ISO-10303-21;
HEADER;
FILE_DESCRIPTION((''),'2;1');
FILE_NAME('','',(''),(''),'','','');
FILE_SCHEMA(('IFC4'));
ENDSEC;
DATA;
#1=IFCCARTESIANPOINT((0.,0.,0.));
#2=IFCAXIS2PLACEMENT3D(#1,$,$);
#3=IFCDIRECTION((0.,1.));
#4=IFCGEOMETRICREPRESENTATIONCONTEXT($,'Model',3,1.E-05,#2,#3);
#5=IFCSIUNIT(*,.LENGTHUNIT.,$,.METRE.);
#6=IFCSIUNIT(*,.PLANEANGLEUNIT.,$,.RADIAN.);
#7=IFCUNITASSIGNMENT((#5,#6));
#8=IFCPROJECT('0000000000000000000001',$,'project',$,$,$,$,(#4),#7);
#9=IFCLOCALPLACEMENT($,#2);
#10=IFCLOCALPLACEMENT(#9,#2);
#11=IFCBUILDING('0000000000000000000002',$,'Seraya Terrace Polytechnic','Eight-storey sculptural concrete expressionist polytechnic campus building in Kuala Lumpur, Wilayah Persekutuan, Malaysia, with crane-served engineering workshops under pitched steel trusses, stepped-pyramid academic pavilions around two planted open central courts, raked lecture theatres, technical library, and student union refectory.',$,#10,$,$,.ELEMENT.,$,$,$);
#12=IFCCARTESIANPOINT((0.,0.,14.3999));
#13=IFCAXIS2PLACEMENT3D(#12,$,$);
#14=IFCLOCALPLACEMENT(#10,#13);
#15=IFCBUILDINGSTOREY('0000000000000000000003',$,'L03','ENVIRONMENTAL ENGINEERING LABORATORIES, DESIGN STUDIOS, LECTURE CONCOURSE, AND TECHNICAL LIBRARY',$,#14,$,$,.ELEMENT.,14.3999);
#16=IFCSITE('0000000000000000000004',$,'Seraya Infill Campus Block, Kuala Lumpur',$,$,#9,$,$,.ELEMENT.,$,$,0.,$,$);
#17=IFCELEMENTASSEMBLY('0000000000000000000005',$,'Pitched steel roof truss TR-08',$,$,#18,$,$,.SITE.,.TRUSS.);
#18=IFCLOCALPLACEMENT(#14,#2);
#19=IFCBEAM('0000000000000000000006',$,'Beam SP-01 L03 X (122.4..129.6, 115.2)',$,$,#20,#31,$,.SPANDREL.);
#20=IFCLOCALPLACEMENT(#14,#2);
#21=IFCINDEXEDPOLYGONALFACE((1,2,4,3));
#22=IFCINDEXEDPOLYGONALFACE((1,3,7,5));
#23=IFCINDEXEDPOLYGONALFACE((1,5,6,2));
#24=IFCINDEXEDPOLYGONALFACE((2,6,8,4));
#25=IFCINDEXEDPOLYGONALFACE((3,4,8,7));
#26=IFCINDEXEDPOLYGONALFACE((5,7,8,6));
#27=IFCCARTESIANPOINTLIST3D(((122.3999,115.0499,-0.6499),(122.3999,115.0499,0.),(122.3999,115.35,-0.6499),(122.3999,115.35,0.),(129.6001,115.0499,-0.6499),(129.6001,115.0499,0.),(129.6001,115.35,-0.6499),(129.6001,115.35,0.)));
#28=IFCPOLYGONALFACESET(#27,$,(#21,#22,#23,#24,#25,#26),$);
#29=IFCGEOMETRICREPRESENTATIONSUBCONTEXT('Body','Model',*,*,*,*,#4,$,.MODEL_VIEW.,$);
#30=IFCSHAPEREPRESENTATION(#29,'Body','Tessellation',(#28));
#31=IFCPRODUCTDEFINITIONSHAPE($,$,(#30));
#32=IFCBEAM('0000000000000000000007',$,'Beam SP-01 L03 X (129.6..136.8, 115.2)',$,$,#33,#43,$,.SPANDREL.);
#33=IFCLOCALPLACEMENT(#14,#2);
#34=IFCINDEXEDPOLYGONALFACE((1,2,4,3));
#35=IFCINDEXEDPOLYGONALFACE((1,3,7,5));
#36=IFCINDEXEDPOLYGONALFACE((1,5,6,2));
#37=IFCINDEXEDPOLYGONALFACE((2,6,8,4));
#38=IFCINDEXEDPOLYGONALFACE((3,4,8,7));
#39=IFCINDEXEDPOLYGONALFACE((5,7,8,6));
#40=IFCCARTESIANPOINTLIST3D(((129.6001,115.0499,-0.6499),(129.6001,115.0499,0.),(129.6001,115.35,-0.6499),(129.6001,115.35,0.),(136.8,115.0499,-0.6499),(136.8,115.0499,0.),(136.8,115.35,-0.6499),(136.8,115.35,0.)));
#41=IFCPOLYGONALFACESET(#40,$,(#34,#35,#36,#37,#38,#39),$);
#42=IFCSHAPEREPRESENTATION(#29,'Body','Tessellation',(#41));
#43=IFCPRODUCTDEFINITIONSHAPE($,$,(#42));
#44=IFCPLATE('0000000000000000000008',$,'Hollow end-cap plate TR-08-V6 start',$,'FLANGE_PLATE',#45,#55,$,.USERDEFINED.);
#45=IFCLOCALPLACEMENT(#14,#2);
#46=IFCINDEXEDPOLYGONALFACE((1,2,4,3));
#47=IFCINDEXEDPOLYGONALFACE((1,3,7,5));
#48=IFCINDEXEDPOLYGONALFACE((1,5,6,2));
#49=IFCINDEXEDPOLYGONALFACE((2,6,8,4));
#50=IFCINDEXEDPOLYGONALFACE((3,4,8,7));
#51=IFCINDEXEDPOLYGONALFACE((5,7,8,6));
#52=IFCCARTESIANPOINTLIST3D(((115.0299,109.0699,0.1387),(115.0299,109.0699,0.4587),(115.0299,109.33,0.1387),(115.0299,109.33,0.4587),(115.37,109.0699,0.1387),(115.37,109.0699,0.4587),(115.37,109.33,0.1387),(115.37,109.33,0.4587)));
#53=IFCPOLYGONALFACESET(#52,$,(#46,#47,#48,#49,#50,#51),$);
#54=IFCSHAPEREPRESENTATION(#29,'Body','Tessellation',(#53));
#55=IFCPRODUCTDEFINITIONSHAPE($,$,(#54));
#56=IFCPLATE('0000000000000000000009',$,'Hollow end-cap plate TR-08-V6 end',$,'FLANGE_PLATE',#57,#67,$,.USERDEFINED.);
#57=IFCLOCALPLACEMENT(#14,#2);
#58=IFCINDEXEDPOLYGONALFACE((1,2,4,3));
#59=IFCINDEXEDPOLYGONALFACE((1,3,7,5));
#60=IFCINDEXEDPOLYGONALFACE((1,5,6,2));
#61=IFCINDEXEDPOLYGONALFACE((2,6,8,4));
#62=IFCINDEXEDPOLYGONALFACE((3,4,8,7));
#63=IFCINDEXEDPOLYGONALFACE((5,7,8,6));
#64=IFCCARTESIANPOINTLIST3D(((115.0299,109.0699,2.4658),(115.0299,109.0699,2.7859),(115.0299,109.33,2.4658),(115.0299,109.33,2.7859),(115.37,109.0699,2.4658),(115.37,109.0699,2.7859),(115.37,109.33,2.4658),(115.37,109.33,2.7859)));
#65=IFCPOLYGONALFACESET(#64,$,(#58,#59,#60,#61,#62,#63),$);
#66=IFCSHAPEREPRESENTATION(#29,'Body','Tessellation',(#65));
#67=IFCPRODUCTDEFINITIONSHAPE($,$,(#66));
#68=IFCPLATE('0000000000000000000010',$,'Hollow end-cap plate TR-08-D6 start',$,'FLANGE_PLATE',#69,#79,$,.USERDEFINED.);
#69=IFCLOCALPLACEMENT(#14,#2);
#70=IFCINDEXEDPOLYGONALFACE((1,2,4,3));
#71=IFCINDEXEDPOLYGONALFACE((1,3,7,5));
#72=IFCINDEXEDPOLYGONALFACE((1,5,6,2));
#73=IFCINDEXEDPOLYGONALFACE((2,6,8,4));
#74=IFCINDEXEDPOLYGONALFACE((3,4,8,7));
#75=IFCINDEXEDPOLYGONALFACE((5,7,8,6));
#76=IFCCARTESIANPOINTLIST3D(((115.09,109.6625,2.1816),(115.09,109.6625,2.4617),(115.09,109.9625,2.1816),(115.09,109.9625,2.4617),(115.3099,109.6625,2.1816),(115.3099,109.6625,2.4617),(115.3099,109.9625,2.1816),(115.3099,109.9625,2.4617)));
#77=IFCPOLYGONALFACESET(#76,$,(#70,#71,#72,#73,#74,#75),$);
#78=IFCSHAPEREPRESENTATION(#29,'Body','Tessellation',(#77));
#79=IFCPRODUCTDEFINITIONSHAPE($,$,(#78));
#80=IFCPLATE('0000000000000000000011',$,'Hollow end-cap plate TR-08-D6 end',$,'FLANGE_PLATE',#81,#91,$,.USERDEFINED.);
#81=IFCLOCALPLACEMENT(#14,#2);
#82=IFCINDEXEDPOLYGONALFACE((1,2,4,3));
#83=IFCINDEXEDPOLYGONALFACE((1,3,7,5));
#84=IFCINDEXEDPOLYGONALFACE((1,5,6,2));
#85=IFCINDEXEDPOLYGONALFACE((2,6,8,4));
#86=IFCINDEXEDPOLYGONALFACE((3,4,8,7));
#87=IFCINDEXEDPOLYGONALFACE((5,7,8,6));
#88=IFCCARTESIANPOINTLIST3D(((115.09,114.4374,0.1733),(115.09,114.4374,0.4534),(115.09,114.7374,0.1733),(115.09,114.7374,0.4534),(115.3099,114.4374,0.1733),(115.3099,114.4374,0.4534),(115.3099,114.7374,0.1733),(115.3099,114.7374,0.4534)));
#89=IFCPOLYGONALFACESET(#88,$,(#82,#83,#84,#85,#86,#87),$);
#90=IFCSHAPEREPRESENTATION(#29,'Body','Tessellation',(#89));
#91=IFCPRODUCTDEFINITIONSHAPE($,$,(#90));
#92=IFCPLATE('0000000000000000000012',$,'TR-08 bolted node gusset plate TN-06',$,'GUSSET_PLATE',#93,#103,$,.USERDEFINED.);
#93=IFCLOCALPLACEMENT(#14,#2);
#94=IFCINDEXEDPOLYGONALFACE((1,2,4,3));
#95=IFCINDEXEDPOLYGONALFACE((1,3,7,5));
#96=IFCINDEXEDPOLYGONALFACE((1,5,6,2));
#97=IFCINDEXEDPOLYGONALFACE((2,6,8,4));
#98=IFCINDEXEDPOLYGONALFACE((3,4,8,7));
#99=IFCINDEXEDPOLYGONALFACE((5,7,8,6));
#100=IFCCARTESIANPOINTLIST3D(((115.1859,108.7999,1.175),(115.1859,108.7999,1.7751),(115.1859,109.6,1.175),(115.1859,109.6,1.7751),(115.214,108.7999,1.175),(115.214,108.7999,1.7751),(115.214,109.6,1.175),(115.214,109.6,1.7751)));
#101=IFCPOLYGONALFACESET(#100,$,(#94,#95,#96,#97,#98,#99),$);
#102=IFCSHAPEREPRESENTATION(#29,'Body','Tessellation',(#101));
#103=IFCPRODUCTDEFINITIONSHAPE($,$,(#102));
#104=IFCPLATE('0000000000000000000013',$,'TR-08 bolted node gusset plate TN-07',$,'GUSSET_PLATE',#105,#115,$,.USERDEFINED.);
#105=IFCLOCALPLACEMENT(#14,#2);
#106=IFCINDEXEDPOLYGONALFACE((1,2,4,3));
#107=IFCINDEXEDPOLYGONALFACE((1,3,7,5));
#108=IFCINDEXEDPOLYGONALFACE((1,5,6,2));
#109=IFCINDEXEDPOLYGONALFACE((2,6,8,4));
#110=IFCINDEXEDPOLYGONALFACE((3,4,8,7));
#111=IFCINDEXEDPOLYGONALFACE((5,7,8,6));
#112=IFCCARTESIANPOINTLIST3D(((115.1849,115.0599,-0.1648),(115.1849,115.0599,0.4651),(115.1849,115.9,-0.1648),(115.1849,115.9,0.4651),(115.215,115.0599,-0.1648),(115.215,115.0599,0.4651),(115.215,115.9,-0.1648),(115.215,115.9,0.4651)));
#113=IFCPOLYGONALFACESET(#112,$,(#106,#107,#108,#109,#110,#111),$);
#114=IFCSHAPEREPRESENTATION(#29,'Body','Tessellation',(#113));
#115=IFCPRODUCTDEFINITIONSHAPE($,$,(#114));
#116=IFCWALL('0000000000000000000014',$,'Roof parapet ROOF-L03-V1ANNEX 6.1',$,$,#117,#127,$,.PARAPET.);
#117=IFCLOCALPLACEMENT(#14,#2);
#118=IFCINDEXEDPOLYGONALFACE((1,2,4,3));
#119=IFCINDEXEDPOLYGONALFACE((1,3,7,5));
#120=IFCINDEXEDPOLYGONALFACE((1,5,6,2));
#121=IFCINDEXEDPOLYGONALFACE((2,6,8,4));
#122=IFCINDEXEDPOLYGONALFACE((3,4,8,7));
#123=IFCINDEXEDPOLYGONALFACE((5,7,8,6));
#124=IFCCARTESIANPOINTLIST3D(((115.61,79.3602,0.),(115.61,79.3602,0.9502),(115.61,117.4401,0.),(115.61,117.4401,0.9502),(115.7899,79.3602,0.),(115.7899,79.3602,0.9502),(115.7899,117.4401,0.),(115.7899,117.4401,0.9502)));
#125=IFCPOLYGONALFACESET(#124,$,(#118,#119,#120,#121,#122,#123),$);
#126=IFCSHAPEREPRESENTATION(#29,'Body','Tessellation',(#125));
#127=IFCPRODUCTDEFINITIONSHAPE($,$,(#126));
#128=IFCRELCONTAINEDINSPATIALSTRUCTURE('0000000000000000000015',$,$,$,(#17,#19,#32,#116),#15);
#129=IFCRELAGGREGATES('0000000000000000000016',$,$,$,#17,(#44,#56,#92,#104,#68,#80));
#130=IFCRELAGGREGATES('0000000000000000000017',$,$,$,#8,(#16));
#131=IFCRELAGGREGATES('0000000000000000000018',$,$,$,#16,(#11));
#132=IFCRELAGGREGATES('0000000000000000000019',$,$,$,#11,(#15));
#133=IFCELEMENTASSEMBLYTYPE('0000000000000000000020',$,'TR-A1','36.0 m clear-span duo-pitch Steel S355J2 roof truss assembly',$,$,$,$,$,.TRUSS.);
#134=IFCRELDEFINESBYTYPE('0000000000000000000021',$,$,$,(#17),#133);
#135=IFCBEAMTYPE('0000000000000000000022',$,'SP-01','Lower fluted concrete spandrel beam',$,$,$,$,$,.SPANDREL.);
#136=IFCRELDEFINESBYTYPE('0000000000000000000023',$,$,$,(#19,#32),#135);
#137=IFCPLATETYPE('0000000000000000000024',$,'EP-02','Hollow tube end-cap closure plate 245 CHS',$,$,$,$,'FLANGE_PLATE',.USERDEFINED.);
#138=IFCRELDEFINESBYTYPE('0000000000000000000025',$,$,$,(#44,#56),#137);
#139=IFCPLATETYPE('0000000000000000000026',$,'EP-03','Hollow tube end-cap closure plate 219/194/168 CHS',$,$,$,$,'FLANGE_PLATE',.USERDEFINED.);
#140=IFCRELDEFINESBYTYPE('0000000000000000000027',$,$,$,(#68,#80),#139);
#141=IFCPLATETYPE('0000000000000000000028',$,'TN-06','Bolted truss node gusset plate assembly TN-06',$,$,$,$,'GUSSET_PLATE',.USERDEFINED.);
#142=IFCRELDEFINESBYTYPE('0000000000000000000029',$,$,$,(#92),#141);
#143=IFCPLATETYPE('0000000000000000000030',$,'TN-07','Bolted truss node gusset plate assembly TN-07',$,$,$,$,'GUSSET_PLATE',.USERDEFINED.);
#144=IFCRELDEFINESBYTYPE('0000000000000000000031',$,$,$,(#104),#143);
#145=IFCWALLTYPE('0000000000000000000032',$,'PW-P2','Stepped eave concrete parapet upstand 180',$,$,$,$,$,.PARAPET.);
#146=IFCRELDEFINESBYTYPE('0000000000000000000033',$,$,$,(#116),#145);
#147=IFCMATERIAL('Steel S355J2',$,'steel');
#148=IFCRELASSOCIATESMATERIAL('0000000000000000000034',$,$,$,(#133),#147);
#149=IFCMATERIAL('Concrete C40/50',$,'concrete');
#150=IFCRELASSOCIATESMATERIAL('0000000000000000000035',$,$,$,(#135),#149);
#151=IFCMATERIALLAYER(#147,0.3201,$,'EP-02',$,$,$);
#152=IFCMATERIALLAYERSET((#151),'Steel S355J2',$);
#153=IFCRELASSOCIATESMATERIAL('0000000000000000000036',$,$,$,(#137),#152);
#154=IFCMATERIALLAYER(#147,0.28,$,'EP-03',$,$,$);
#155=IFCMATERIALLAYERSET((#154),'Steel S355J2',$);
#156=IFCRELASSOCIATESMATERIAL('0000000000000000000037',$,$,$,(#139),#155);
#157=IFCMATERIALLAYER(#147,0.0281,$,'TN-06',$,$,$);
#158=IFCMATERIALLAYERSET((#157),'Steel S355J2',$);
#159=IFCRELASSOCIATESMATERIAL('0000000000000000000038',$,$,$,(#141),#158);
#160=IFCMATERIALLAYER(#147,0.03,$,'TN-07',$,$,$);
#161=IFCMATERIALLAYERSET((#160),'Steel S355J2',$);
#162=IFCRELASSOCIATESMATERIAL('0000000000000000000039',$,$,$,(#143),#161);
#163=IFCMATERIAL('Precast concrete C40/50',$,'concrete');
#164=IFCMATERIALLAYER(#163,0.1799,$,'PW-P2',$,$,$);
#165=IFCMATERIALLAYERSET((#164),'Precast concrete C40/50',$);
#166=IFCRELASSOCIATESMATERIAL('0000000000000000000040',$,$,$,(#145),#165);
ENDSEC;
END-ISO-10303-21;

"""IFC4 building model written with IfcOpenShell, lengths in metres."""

from ifc_helpers import new_model, si_unit, direction, frame, frame_2d, origin, origin_2d, place, context, subcontext, project, spatial, rectangle, extrude, material, layer, layer_set, material_profile, profile_set, type_object, element, aggregate, save


model = new_model("IFC4")

# Units and contexts
model_context = context("Model", 3, precision=1e-05, world=origin(), true_north=direction((0.0, 1.0)))
body_context = subcontext(model_context, "Body", "Model", "MODEL_VIEW")
ifc_project = project(units=[si_unit("LENGTHUNIT", "METRE"), si_unit("PLANEANGLEUNIT", "RADIAN")], contexts=[model_context])

# Site, building, storey
site_placement = place(None, origin())
site = spatial("IfcSite", under=ifc_project, at=site_placement, Name="Seraya Infill Campus Block, Kuala Lumpur", CompositionType="ELEMENT", RefElevation=0.0)
building_placement = place(site_placement, origin())
building = spatial("IfcBuilding", under=site, at=building_placement, Name="Seraya Terrace Polytechnic", Description="Eight-storey sculptural concrete expressionist polytechnic campus building in Kuala Lumpur, Wilayah Persekutuan, Malaysia, with crane-served engineering workshops under pitched steel trusses, stepped-pyramid academic pavilions around two planted open central courts, raked lecture theatres, technical library, and student union refectory.", CompositionType="ELEMENT")
storey_placement = place(building_placement, frame((0.0, 0.0, 14.3999)))
storey = spatial("IfcBuildingStorey", under=building, at=storey_placement, Name="L03", Description="ENVIRONMENTAL ENGINEERING LABORATORIES, DESIGN STUDIOS, LECTURE CONCOURSE, AND TECHNICAL LIBRARY", CompositionType="ELEMENT", Elevation=14.3999)

# Shared definitions
ifc_material_1 = material(Name="Concrete C40/50", Category="concrete")

# Element assembly
ifc_material_2 = material(Name="Steel S355J2", Category="steel")
element_assembly_type = type_object("IfcElementAssemblyType", Name="TR-A1", Description="36.0 m clear-span duo-pitch Steel S355J2 roof truss assembly", PredefinedType="TRUSS", material=ifc_material_2)
assembly_placement = place(storey_placement, origin())
assembly = element("IfcElementAssembly", 1, at=assembly_placement, inside=storey, type_object=element_assembly_type, Name="Pitched steel roof truss TR-08", AssemblyPlace="SITE", PredefinedType="TRUSS")

# Beams
ifc_material_profile_1 = material_profile(ifc_material_1, rectangle(XDim=0.3, YDim=0.6499, at=origin_2d()), Name="RC 300x650")
ifc_profile_set_1 = profile_set([ifc_material_profile_1], Name="Concrete C40/50")
beam_type_1 = type_object("IfcBeamType", Name="SP-01", Description="Lower fluted concrete spandrel beam", PredefinedType="SPANDREL", material=ifc_profile_set_1)
beam_1_placement = place(storey_placement, frame((122.3999, 115.2, -0.325), z_axis=(1.0, 0.0, 0.0), x_axis=(0.0, 1.0, 0.0)))
element("IfcBeam", 2, at=beam_1_placement, inside=storey, type_object=beam_type_1, Name="Beam SP-01 L03 X (122.4..129.6, 115.2)", PredefinedType="SPANDREL", context=body_context, shape_type="SweptSolid", body=[
    extrude(rectangle(XDim=0.3, YDim=0.6499, at=origin_2d()), origin(), (0.0, 0.0, 1.0), 7.2002),
])
beam_2_placement = place(storey_placement, frame((129.6001, 115.2, -0.325), z_axis=(1.0, 0.0, 0.0), x_axis=(0.0, 1.0, 0.0)))
element("IfcBeam", 3, at=beam_2_placement, inside=storey, type_object=beam_type_1, Name="Beam SP-01 L03 X (129.6..136.8, 115.2)", PredefinedType="SPANDREL", context=body_context, shape_type="SweptSolid", body=[
    extrude(rectangle(XDim=0.3, YDim=0.6499, at=origin_2d()), origin(), (0.0, 0.0, 1.0), 7.2),
])

# Plates
ifc_layer_1 = layer(ifc_material_2, 0.3201, Name="EP-02")
ifc_layer_set_1 = layer_set([ifc_layer_1], Name="Steel S355J2")
plate_type_1 = type_object("IfcPlateType", Name="EP-02", Description="Hollow tube end-cap closure plate 245 CHS", ElementType="FLANGE_PLATE", PredefinedType="USERDEFINED", material=ifc_layer_set_1)
plate_1_placement = place(storey_placement, frame((115.2, 109.2, 0.1387), z_axis=(0.0, 0.0, 1.0), x_axis=(1.0, 0.0, 0.0)))
plate_1 = element("IfcPlate", 4, at=plate_1_placement, type_object=plate_type_1, Name="Hollow end-cap plate TR-08-V6 start", ObjectType="FLANGE_PLATE", PredefinedType="USERDEFINED", context=body_context, shape_type="SweptSolid", body=[
    extrude(rectangle(XDim=0.3401, YDim=0.26, at=origin_2d()), origin(), (0.0, 0.0, 1.0), 0.3201),
])
plate_2_placement = place(storey_placement, frame((115.2, 109.2, 2.4658), z_axis=(0.0, 0.0, 1.0), x_axis=(1.0, 0.0, 0.0)))
plate_2 = element("IfcPlate", 5, at=plate_2_placement, type_object=plate_type_1, Name="Hollow end-cap plate TR-08-V6 end", ObjectType="FLANGE_PLATE", PredefinedType="USERDEFINED", context=body_context, shape_type="SweptSolid", body=[
    extrude(rectangle(XDim=0.3401, YDim=0.26, at=origin_2d()), origin(), (0.0, 0.0, 1.0), 0.3201),
])
ifc_layer_2 = layer(ifc_material_2, 0.28, Name="EP-03")
ifc_layer_set_2 = layer_set([ifc_layer_2], Name="Steel S355J2")
plate_type_2 = type_object("IfcPlateType", Name="EP-03", Description="Hollow tube end-cap closure plate 219/194/168 CHS", ElementType="FLANGE_PLATE", PredefinedType="USERDEFINED", material=ifc_layer_set_2)
plate_3_placement = place(storey_placement, frame((115.2, 109.8125, 2.1816), z_axis=(0.0, 0.0, 1.0), x_axis=(0.0, 1.0, 0.0)))
plate_3 = element("IfcPlate", 6, at=plate_3_placement, type_object=plate_type_2, Name="Hollow end-cap plate TR-08-D6 start", ObjectType="FLANGE_PLATE", PredefinedType="USERDEFINED", context=body_context, shape_type="SweptSolid", body=[
    extrude(rectangle(XDim=0.3, YDim=0.22, at=origin_2d()), origin(), (0.0, 0.0, 1.0), 0.28),
])
plate_4_placement = place(storey_placement, frame((115.2, 114.5874, 0.1733), z_axis=(0.0, 0.0, 1.0), x_axis=(0.0, 1.0, 0.0)))
plate_4 = element("IfcPlate", 7, at=plate_4_placement, type_object=plate_type_2, Name="Hollow end-cap plate TR-08-D6 end", ObjectType="FLANGE_PLATE", PredefinedType="USERDEFINED", context=body_context, shape_type="SweptSolid", body=[
    extrude(rectangle(XDim=0.3, YDim=0.22, at=origin_2d()), origin(), (0.0, 0.0, 1.0), 0.28),
])
ifc_layer_3 = layer(ifc_material_2, 0.0281, Name="TN-06")
ifc_layer_set_3 = layer_set([ifc_layer_3], Name="Steel S355J2")
plate_type_3 = type_object("IfcPlateType", Name="TN-06", Description="Bolted truss node gusset plate assembly TN-06", ElementType="GUSSET_PLATE", PredefinedType="USERDEFINED", material=ifc_layer_set_3)
plate_5_placement = place(storey_placement, frame((115.2, 109.2, 1.175), z_axis=(0.0, 0.0, 1.0), x_axis=(0.0, 1.0, 0.0)))
plate_5 = element("IfcPlate", 8, at=plate_5_placement, type_object=plate_type_3, Name="TR-08 bolted node gusset plate TN-06", ObjectType="GUSSET_PLATE", PredefinedType="USERDEFINED", context=body_context, shape_type="SweptSolid", body=[
    extrude(rectangle(XDim=0.8, YDim=0.0281, at=origin_2d()), origin(), (0.0, 0.0, 1.0), 0.6001),
])
ifc_layer_4 = layer(ifc_material_2, 0.03, Name="TN-07")
ifc_layer_set_4 = layer_set([ifc_layer_4], Name="Steel S355J2")
plate_type_4 = type_object("IfcPlateType", Name="TN-07", Description="Bolted truss node gusset plate assembly TN-07", ElementType="GUSSET_PLATE", PredefinedType="USERDEFINED", material=ifc_layer_set_4)
plate_6_placement = place(storey_placement, frame((115.2, 115.48, -0.1648), z_axis=(0.0, 0.0, 1.0), x_axis=(0.0, 1.0, 0.0)))
plate_6 = element("IfcPlate", 9, at=plate_6_placement, type_object=plate_type_4, Name="TR-08 bolted node gusset plate TN-07", ObjectType="GUSSET_PLATE", PredefinedType="USERDEFINED", context=body_context, shape_type="SweptSolid", body=[
    extrude(rectangle(XDim=0.8401, YDim=0.03, at=origin_2d()), origin(), (0.0, 0.0, 1.0), 0.6299),
])
aggregate(assembly, [plate_1, plate_2, plate_5, plate_6, plate_3, plate_4])

# Wall
ifc_material_3 = material(Name="Precast concrete C40/50", Category="concrete")
ifc_layer_5 = layer(ifc_material_3, 0.1799, Name="PW-P2")
ifc_layer_set_5 = layer_set([ifc_layer_5], Name="Precast concrete C40/50")
wall_type = type_object("IfcWallType", Name="PW-P2", Description="Stepped eave concrete parapet upstand 180", PredefinedType="PARAPET", material=ifc_layer_set_5)
wall_placement = place(storey_placement, frame((115.7, 79.3601, 0.0), z_axis=(0.0, 0.0, 1.0), x_axis=(0.0, 1.0, 0.0)))
element("IfcWall", 10, at=wall_placement, inside=storey, type_object=wall_type, Name="Roof parapet ROOF-L03-V1ANNEX 6.1", PredefinedType="PARAPET", context=body_context, shape_type="SweptSolid", body=[
    extrude(rectangle(XDim=38.0798, YDim=0.1799, at=frame_2d((19.04, 0.0))), origin(), (0.0, 0.0, 1.0), 0.9502),
])

save(model, "model.ifc")
